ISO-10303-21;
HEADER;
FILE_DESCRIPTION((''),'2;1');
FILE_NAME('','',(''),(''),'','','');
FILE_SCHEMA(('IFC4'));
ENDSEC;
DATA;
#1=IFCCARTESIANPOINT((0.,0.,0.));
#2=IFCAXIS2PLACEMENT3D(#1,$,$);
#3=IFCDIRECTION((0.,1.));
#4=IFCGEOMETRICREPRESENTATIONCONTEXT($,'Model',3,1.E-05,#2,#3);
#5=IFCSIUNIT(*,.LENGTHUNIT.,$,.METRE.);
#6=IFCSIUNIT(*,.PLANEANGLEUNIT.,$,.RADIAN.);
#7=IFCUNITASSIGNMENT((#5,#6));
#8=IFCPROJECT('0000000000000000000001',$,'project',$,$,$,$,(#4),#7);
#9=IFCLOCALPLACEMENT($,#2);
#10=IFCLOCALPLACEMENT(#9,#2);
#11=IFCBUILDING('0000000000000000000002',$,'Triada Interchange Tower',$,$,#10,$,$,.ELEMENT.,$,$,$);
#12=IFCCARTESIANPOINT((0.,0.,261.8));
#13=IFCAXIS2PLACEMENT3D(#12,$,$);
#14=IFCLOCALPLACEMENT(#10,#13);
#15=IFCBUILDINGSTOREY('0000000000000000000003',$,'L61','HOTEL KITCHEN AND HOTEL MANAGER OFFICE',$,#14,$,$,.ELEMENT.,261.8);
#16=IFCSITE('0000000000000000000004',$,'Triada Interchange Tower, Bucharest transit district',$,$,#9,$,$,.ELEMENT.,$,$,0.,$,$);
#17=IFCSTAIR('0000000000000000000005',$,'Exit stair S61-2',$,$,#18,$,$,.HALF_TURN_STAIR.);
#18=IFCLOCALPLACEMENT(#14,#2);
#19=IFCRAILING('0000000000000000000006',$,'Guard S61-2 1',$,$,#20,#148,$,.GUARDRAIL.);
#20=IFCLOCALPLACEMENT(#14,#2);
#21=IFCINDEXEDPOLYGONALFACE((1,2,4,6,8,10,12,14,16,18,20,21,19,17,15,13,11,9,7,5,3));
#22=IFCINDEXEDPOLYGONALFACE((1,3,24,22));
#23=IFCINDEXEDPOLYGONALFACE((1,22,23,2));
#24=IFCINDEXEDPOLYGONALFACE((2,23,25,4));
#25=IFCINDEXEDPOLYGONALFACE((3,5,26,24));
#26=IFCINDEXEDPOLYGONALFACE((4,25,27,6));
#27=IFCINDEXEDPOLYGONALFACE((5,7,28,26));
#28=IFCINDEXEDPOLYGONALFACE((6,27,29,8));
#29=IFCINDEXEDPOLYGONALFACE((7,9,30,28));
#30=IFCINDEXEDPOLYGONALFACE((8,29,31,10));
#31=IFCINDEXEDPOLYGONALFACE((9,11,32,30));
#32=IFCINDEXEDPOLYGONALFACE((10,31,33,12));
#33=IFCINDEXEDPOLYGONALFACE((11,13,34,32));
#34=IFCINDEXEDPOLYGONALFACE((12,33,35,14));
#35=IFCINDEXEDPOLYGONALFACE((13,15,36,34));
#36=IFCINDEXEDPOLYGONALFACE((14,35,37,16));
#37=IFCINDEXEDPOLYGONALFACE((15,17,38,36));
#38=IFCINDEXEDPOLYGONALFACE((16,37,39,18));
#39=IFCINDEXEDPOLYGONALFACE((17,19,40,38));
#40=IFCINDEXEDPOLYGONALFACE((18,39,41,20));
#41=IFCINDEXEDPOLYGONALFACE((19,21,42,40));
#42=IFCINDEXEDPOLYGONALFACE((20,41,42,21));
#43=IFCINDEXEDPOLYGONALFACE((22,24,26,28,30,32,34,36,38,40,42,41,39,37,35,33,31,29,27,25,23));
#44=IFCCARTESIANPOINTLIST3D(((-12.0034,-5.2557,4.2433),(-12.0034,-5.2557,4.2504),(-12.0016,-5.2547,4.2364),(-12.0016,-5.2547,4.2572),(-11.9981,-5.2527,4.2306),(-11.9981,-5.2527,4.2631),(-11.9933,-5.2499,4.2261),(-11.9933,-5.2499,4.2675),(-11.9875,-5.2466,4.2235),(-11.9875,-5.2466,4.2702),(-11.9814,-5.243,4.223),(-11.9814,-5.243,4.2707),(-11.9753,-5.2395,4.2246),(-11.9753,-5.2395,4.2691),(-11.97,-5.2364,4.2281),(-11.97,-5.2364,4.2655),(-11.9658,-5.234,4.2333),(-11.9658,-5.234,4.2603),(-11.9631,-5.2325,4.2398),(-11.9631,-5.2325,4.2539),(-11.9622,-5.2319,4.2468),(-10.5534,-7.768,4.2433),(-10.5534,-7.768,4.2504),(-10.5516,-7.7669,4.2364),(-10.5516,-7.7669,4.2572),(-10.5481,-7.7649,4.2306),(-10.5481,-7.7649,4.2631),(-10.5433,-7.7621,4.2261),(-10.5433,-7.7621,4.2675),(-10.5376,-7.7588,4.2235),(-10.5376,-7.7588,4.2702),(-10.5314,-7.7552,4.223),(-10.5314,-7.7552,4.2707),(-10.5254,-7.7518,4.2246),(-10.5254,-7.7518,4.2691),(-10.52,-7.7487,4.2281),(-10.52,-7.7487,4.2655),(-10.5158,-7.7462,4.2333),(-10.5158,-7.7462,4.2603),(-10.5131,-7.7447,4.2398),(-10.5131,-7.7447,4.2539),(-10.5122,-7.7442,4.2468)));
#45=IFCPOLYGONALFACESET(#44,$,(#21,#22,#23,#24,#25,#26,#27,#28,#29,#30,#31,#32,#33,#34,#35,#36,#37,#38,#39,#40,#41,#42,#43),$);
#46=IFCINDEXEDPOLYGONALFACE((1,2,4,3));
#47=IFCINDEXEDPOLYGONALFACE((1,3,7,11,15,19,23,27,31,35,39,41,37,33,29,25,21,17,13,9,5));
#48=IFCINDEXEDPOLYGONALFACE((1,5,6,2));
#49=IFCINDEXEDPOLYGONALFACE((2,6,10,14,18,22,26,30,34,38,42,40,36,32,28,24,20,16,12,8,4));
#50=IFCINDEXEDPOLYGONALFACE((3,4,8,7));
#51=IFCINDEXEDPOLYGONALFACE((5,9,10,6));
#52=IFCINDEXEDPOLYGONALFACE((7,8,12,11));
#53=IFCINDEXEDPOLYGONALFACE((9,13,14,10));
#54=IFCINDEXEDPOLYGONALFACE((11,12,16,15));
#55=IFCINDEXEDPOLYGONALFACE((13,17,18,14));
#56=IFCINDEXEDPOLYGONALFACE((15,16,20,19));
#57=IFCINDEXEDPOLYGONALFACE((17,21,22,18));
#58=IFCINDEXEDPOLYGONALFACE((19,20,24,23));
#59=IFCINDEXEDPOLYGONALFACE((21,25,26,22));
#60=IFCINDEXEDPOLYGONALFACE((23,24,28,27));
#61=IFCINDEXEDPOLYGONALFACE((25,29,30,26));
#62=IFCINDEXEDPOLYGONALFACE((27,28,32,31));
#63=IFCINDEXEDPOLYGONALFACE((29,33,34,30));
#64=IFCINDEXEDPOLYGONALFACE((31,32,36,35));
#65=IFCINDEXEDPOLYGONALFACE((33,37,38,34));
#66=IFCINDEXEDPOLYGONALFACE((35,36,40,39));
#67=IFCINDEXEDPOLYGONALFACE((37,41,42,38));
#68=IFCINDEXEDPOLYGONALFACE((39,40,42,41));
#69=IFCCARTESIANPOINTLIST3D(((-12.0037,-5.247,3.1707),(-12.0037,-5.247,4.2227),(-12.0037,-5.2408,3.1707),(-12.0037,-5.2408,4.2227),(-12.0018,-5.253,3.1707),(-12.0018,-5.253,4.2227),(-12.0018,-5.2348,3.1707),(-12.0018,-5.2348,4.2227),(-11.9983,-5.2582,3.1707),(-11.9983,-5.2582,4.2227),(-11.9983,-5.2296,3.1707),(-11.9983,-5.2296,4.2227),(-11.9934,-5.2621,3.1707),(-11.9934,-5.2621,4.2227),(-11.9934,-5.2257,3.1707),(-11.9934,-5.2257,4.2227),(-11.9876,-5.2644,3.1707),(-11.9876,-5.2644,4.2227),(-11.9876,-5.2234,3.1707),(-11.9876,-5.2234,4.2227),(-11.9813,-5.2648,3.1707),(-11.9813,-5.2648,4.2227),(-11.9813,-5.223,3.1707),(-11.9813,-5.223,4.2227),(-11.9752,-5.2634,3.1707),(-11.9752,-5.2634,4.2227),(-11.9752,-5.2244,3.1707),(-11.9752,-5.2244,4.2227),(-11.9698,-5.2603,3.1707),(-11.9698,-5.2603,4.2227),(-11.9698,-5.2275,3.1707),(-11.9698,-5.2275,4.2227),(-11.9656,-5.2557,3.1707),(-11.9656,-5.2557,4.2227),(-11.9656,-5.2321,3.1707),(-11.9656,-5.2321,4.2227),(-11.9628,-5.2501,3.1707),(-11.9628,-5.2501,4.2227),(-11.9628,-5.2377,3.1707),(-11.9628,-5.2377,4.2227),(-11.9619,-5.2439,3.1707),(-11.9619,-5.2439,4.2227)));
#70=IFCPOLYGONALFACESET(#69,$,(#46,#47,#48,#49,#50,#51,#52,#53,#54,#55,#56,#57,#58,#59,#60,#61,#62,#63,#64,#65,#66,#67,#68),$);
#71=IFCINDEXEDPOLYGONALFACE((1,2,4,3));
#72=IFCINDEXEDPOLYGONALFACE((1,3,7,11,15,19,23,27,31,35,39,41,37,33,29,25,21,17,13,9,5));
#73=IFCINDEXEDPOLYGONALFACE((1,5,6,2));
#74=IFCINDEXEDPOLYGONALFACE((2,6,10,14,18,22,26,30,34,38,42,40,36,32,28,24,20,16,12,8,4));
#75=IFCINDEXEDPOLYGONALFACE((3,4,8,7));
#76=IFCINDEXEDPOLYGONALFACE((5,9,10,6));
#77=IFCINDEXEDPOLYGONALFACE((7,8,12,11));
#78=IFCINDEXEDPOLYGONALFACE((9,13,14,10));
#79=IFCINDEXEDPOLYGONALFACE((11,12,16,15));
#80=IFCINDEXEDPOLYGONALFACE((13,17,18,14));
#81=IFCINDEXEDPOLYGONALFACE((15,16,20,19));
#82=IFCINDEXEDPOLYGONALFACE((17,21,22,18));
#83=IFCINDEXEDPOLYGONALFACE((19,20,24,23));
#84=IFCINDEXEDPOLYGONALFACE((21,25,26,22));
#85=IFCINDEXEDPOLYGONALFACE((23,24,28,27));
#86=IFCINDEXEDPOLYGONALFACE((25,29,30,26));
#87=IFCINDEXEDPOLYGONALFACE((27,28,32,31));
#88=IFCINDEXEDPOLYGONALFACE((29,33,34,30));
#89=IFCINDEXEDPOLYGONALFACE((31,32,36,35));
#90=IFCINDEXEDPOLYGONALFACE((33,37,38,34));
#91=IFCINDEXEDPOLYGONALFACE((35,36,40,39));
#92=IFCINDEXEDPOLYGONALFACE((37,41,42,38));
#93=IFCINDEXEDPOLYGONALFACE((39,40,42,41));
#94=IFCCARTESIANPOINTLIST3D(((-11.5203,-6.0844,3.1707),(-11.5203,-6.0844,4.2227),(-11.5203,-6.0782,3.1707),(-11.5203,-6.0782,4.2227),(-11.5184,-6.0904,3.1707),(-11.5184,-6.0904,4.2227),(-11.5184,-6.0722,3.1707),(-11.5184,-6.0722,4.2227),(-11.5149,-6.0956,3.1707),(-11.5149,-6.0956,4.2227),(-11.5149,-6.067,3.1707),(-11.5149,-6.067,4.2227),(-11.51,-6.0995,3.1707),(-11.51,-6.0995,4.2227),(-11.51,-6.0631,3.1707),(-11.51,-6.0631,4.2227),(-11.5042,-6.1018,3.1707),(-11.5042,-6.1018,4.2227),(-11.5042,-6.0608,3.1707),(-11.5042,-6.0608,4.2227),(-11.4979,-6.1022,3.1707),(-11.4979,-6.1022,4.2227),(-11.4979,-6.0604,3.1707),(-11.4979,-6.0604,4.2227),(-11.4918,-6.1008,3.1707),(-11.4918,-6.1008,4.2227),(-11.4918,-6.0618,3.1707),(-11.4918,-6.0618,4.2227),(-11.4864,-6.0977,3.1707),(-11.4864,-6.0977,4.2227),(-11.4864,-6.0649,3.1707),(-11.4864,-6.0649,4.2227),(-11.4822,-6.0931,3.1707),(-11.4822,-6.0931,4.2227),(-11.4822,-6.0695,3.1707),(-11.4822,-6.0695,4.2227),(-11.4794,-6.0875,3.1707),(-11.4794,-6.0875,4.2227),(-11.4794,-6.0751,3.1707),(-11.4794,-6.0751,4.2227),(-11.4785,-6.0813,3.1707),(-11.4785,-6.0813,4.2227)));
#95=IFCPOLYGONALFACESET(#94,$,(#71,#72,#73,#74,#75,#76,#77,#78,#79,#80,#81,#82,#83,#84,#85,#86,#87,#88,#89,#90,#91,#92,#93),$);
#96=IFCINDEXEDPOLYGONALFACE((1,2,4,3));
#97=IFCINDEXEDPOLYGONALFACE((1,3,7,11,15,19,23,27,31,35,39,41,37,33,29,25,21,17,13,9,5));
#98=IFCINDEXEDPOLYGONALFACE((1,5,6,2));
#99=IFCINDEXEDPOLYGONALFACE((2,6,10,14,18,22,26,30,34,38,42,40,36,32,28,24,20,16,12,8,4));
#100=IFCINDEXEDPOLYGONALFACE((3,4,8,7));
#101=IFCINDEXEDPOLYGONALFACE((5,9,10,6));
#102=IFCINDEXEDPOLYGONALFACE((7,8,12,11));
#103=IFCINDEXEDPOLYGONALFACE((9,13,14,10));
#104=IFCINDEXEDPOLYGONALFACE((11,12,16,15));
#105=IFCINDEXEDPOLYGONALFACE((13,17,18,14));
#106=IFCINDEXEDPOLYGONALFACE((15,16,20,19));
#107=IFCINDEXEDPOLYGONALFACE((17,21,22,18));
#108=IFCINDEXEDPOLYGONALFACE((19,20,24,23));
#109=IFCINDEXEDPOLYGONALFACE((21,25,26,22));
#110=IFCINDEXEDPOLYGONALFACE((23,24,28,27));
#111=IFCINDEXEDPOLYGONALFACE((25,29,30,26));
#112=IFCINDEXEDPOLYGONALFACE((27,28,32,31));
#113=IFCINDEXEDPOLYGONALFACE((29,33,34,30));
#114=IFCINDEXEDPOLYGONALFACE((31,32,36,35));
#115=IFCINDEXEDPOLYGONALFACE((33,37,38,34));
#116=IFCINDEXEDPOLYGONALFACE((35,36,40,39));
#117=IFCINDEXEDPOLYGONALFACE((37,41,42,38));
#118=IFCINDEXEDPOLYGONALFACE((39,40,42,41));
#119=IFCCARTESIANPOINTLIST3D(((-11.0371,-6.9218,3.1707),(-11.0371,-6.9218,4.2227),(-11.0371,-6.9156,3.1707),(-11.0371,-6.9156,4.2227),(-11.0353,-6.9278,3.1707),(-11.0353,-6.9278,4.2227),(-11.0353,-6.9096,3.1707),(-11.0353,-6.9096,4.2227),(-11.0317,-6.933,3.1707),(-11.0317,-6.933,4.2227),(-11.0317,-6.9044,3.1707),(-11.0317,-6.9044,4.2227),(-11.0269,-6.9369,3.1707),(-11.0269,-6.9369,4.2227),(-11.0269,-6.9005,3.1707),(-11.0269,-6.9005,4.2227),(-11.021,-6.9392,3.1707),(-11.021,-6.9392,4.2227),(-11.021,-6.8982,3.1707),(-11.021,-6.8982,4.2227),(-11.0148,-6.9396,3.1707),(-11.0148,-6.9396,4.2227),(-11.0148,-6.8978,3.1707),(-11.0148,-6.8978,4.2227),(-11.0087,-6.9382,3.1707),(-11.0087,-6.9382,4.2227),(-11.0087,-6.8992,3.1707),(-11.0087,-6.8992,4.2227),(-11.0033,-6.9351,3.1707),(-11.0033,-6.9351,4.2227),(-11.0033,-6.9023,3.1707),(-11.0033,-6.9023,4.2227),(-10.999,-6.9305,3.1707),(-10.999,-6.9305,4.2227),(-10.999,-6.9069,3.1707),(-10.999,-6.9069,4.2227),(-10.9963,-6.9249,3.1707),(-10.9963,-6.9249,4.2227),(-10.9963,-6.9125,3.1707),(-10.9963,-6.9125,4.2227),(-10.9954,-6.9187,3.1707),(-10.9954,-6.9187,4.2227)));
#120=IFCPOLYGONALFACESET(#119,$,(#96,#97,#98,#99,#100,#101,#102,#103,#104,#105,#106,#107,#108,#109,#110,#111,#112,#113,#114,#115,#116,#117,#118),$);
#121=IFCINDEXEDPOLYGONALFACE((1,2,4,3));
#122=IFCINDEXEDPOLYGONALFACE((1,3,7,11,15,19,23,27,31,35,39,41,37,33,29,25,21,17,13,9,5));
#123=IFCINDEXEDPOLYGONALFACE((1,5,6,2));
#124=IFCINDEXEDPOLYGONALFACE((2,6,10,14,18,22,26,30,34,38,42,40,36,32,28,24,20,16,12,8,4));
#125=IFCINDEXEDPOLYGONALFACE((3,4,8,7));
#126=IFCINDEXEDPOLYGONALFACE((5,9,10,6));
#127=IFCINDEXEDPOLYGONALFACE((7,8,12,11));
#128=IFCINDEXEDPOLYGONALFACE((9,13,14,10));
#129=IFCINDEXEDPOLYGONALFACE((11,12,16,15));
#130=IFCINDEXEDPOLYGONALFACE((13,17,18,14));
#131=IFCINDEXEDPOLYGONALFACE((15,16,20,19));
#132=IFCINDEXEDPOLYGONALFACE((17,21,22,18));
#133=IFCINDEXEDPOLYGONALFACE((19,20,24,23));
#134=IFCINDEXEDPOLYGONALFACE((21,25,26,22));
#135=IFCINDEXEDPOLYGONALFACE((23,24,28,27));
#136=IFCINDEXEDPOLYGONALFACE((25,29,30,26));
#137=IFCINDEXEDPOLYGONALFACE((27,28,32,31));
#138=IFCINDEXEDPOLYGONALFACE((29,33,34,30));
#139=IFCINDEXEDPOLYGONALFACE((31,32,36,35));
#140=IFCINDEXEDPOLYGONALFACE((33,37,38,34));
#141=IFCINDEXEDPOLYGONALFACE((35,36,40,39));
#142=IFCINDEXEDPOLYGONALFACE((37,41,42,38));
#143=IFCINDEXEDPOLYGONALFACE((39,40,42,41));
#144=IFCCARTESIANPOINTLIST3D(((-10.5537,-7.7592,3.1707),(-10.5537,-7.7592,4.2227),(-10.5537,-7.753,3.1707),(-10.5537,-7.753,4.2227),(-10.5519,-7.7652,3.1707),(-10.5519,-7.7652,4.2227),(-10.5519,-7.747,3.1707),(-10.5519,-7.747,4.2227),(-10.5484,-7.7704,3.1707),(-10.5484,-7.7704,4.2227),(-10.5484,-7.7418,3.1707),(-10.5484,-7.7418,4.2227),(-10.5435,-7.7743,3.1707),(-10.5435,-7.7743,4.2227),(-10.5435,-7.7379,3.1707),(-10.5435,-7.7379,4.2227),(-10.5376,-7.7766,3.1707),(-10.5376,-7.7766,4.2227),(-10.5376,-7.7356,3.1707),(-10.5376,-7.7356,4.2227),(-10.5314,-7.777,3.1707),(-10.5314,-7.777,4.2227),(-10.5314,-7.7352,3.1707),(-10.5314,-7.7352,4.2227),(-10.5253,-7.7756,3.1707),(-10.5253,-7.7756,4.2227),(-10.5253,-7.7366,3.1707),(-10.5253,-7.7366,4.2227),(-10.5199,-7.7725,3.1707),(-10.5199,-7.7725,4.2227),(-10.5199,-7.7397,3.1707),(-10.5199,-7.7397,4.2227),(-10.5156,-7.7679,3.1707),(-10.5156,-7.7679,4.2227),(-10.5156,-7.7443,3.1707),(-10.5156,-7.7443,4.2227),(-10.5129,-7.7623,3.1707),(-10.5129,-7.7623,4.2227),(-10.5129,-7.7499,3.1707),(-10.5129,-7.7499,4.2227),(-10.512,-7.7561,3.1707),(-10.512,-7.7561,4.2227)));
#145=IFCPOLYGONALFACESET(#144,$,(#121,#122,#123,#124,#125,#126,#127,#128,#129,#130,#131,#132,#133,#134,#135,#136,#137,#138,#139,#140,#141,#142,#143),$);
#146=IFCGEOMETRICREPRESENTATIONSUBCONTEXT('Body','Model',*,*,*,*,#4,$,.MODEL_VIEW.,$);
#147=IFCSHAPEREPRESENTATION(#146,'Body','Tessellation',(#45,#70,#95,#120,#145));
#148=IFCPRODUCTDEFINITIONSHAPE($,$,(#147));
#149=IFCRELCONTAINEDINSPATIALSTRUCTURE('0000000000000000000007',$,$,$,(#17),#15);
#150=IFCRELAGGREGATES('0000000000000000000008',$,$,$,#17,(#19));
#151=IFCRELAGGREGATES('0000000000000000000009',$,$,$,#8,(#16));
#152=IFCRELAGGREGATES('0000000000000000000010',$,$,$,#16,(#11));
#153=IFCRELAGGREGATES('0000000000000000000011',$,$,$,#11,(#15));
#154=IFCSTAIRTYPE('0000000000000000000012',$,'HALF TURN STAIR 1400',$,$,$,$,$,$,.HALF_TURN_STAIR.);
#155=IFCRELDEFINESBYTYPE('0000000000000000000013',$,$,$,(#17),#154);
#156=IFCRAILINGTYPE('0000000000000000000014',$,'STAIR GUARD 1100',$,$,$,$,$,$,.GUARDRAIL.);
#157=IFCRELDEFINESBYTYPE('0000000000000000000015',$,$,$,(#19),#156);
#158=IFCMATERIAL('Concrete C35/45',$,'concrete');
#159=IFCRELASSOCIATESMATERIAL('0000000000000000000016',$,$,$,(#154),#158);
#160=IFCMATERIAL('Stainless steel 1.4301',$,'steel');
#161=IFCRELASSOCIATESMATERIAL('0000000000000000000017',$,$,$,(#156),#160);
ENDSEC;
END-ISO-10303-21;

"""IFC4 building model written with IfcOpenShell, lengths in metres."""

from ifc_helpers import new_model, si_unit, direction, frame, origin, origin_2d, place, context, subcontext, project, spatial, circle, extrude, material, type_object, element, aggregate, save


model = new_model("IFC4")

# Units and contexts
model_context = context("Model", 3, precision=1e-05, world=origin(), true_north=direction((0.0, 1.0)))
body_context = subcontext(model_context, "Body", "Model", "MODEL_VIEW")
ifc_project = project(units=[si_unit("LENGTHUNIT", "METRE"), si_unit("PLANEANGLEUNIT", "RADIAN")], contexts=[model_context])

# Site, building, storey
site_placement = place(None, origin())
site = spatial("IfcSite", under=ifc_project, at=site_placement, Name="Triada Interchange Tower, Bucharest transit district", CompositionType="ELEMENT", RefElevation=0.0)
building_placement = place(site_placement, origin())
building = spatial("IfcBuilding", under=site, at=building_placement, Name="Triada Interchange Tower", CompositionType="ELEMENT")
storey_placement = place(building_placement, frame((0.0, 0.0, 261.8)))
storey = spatial("IfcBuildingStorey", under=building, at=storey_placement, Name="L61", Description="HOTEL KITCHEN AND HOTEL MANAGER OFFICE", CompositionType="ELEMENT", Elevation=261.8)

# Shared definitions
ifc_material_1 = material(Name="Concrete C35/45", Category="concrete")

# Stair, railing
stair_type = type_object("IfcStairType", Name="HALF TURN STAIR 1400", PredefinedType="HALF_TURN_STAIR", material=ifc_material_1)
stair_placement = place(storey_placement, origin())
stair = element("IfcStair", 1, at=stair_placement, inside=storey, type_object=stair_type, Name="Exit stair S61-2", PredefinedType="HALF_TURN_STAIR")
ifc_material_2 = material(Name="Stainless steel 1.4301", Category="steel")
railing_type_1 = type_object("IfcRailingType", Name="STAIR GUARD 1100", PredefinedType="GUARDRAIL", material=ifc_material_2)
railing_1_placement = place(storey_placement, frame((-11.9829, -5.2439, 3.1707)))
railing_1 = element("IfcRailing", 2, at=railing_1_placement, type_object=railing_type_1, Name="Guard S61-2 1", PredefinedType="GUARDRAIL", context=body_context, shape_type="SweptSolid", body=[
    extrude(circle(Radius=0.0239, at=origin_2d()), frame((0.0, 0.0, 1.0762), z_axis=(0.499878, -0.866096, 0.0), x_axis=(0.866096, 0.499878, 0.0)), (0.0, 0.0, 1.0), 2.9006),
    extrude(circle(Radius=0.021, at=origin_2d()), origin(), (0.0, 0.0, 1.0), 1.052),
    extrude(circle(Radius=0.021, at=origin_2d()), frame((0.4834, -0.8374, 0.0)), (0.0, 0.0, 1.0), 1.052),
    extrude(circle(Radius=0.021, at=origin_2d()), frame((0.9666, -1.6748, 0.0)), (0.0, 0.0, 1.0), 1.052),
    extrude(circle(Radius=0.021, at=origin_2d()), frame((1.45, -2.5122, 0.0)), (0.0, 0.0, 1.0), 1.052),
])
aggregate(stair, [railing_1])

save(model, "model.ifc")
